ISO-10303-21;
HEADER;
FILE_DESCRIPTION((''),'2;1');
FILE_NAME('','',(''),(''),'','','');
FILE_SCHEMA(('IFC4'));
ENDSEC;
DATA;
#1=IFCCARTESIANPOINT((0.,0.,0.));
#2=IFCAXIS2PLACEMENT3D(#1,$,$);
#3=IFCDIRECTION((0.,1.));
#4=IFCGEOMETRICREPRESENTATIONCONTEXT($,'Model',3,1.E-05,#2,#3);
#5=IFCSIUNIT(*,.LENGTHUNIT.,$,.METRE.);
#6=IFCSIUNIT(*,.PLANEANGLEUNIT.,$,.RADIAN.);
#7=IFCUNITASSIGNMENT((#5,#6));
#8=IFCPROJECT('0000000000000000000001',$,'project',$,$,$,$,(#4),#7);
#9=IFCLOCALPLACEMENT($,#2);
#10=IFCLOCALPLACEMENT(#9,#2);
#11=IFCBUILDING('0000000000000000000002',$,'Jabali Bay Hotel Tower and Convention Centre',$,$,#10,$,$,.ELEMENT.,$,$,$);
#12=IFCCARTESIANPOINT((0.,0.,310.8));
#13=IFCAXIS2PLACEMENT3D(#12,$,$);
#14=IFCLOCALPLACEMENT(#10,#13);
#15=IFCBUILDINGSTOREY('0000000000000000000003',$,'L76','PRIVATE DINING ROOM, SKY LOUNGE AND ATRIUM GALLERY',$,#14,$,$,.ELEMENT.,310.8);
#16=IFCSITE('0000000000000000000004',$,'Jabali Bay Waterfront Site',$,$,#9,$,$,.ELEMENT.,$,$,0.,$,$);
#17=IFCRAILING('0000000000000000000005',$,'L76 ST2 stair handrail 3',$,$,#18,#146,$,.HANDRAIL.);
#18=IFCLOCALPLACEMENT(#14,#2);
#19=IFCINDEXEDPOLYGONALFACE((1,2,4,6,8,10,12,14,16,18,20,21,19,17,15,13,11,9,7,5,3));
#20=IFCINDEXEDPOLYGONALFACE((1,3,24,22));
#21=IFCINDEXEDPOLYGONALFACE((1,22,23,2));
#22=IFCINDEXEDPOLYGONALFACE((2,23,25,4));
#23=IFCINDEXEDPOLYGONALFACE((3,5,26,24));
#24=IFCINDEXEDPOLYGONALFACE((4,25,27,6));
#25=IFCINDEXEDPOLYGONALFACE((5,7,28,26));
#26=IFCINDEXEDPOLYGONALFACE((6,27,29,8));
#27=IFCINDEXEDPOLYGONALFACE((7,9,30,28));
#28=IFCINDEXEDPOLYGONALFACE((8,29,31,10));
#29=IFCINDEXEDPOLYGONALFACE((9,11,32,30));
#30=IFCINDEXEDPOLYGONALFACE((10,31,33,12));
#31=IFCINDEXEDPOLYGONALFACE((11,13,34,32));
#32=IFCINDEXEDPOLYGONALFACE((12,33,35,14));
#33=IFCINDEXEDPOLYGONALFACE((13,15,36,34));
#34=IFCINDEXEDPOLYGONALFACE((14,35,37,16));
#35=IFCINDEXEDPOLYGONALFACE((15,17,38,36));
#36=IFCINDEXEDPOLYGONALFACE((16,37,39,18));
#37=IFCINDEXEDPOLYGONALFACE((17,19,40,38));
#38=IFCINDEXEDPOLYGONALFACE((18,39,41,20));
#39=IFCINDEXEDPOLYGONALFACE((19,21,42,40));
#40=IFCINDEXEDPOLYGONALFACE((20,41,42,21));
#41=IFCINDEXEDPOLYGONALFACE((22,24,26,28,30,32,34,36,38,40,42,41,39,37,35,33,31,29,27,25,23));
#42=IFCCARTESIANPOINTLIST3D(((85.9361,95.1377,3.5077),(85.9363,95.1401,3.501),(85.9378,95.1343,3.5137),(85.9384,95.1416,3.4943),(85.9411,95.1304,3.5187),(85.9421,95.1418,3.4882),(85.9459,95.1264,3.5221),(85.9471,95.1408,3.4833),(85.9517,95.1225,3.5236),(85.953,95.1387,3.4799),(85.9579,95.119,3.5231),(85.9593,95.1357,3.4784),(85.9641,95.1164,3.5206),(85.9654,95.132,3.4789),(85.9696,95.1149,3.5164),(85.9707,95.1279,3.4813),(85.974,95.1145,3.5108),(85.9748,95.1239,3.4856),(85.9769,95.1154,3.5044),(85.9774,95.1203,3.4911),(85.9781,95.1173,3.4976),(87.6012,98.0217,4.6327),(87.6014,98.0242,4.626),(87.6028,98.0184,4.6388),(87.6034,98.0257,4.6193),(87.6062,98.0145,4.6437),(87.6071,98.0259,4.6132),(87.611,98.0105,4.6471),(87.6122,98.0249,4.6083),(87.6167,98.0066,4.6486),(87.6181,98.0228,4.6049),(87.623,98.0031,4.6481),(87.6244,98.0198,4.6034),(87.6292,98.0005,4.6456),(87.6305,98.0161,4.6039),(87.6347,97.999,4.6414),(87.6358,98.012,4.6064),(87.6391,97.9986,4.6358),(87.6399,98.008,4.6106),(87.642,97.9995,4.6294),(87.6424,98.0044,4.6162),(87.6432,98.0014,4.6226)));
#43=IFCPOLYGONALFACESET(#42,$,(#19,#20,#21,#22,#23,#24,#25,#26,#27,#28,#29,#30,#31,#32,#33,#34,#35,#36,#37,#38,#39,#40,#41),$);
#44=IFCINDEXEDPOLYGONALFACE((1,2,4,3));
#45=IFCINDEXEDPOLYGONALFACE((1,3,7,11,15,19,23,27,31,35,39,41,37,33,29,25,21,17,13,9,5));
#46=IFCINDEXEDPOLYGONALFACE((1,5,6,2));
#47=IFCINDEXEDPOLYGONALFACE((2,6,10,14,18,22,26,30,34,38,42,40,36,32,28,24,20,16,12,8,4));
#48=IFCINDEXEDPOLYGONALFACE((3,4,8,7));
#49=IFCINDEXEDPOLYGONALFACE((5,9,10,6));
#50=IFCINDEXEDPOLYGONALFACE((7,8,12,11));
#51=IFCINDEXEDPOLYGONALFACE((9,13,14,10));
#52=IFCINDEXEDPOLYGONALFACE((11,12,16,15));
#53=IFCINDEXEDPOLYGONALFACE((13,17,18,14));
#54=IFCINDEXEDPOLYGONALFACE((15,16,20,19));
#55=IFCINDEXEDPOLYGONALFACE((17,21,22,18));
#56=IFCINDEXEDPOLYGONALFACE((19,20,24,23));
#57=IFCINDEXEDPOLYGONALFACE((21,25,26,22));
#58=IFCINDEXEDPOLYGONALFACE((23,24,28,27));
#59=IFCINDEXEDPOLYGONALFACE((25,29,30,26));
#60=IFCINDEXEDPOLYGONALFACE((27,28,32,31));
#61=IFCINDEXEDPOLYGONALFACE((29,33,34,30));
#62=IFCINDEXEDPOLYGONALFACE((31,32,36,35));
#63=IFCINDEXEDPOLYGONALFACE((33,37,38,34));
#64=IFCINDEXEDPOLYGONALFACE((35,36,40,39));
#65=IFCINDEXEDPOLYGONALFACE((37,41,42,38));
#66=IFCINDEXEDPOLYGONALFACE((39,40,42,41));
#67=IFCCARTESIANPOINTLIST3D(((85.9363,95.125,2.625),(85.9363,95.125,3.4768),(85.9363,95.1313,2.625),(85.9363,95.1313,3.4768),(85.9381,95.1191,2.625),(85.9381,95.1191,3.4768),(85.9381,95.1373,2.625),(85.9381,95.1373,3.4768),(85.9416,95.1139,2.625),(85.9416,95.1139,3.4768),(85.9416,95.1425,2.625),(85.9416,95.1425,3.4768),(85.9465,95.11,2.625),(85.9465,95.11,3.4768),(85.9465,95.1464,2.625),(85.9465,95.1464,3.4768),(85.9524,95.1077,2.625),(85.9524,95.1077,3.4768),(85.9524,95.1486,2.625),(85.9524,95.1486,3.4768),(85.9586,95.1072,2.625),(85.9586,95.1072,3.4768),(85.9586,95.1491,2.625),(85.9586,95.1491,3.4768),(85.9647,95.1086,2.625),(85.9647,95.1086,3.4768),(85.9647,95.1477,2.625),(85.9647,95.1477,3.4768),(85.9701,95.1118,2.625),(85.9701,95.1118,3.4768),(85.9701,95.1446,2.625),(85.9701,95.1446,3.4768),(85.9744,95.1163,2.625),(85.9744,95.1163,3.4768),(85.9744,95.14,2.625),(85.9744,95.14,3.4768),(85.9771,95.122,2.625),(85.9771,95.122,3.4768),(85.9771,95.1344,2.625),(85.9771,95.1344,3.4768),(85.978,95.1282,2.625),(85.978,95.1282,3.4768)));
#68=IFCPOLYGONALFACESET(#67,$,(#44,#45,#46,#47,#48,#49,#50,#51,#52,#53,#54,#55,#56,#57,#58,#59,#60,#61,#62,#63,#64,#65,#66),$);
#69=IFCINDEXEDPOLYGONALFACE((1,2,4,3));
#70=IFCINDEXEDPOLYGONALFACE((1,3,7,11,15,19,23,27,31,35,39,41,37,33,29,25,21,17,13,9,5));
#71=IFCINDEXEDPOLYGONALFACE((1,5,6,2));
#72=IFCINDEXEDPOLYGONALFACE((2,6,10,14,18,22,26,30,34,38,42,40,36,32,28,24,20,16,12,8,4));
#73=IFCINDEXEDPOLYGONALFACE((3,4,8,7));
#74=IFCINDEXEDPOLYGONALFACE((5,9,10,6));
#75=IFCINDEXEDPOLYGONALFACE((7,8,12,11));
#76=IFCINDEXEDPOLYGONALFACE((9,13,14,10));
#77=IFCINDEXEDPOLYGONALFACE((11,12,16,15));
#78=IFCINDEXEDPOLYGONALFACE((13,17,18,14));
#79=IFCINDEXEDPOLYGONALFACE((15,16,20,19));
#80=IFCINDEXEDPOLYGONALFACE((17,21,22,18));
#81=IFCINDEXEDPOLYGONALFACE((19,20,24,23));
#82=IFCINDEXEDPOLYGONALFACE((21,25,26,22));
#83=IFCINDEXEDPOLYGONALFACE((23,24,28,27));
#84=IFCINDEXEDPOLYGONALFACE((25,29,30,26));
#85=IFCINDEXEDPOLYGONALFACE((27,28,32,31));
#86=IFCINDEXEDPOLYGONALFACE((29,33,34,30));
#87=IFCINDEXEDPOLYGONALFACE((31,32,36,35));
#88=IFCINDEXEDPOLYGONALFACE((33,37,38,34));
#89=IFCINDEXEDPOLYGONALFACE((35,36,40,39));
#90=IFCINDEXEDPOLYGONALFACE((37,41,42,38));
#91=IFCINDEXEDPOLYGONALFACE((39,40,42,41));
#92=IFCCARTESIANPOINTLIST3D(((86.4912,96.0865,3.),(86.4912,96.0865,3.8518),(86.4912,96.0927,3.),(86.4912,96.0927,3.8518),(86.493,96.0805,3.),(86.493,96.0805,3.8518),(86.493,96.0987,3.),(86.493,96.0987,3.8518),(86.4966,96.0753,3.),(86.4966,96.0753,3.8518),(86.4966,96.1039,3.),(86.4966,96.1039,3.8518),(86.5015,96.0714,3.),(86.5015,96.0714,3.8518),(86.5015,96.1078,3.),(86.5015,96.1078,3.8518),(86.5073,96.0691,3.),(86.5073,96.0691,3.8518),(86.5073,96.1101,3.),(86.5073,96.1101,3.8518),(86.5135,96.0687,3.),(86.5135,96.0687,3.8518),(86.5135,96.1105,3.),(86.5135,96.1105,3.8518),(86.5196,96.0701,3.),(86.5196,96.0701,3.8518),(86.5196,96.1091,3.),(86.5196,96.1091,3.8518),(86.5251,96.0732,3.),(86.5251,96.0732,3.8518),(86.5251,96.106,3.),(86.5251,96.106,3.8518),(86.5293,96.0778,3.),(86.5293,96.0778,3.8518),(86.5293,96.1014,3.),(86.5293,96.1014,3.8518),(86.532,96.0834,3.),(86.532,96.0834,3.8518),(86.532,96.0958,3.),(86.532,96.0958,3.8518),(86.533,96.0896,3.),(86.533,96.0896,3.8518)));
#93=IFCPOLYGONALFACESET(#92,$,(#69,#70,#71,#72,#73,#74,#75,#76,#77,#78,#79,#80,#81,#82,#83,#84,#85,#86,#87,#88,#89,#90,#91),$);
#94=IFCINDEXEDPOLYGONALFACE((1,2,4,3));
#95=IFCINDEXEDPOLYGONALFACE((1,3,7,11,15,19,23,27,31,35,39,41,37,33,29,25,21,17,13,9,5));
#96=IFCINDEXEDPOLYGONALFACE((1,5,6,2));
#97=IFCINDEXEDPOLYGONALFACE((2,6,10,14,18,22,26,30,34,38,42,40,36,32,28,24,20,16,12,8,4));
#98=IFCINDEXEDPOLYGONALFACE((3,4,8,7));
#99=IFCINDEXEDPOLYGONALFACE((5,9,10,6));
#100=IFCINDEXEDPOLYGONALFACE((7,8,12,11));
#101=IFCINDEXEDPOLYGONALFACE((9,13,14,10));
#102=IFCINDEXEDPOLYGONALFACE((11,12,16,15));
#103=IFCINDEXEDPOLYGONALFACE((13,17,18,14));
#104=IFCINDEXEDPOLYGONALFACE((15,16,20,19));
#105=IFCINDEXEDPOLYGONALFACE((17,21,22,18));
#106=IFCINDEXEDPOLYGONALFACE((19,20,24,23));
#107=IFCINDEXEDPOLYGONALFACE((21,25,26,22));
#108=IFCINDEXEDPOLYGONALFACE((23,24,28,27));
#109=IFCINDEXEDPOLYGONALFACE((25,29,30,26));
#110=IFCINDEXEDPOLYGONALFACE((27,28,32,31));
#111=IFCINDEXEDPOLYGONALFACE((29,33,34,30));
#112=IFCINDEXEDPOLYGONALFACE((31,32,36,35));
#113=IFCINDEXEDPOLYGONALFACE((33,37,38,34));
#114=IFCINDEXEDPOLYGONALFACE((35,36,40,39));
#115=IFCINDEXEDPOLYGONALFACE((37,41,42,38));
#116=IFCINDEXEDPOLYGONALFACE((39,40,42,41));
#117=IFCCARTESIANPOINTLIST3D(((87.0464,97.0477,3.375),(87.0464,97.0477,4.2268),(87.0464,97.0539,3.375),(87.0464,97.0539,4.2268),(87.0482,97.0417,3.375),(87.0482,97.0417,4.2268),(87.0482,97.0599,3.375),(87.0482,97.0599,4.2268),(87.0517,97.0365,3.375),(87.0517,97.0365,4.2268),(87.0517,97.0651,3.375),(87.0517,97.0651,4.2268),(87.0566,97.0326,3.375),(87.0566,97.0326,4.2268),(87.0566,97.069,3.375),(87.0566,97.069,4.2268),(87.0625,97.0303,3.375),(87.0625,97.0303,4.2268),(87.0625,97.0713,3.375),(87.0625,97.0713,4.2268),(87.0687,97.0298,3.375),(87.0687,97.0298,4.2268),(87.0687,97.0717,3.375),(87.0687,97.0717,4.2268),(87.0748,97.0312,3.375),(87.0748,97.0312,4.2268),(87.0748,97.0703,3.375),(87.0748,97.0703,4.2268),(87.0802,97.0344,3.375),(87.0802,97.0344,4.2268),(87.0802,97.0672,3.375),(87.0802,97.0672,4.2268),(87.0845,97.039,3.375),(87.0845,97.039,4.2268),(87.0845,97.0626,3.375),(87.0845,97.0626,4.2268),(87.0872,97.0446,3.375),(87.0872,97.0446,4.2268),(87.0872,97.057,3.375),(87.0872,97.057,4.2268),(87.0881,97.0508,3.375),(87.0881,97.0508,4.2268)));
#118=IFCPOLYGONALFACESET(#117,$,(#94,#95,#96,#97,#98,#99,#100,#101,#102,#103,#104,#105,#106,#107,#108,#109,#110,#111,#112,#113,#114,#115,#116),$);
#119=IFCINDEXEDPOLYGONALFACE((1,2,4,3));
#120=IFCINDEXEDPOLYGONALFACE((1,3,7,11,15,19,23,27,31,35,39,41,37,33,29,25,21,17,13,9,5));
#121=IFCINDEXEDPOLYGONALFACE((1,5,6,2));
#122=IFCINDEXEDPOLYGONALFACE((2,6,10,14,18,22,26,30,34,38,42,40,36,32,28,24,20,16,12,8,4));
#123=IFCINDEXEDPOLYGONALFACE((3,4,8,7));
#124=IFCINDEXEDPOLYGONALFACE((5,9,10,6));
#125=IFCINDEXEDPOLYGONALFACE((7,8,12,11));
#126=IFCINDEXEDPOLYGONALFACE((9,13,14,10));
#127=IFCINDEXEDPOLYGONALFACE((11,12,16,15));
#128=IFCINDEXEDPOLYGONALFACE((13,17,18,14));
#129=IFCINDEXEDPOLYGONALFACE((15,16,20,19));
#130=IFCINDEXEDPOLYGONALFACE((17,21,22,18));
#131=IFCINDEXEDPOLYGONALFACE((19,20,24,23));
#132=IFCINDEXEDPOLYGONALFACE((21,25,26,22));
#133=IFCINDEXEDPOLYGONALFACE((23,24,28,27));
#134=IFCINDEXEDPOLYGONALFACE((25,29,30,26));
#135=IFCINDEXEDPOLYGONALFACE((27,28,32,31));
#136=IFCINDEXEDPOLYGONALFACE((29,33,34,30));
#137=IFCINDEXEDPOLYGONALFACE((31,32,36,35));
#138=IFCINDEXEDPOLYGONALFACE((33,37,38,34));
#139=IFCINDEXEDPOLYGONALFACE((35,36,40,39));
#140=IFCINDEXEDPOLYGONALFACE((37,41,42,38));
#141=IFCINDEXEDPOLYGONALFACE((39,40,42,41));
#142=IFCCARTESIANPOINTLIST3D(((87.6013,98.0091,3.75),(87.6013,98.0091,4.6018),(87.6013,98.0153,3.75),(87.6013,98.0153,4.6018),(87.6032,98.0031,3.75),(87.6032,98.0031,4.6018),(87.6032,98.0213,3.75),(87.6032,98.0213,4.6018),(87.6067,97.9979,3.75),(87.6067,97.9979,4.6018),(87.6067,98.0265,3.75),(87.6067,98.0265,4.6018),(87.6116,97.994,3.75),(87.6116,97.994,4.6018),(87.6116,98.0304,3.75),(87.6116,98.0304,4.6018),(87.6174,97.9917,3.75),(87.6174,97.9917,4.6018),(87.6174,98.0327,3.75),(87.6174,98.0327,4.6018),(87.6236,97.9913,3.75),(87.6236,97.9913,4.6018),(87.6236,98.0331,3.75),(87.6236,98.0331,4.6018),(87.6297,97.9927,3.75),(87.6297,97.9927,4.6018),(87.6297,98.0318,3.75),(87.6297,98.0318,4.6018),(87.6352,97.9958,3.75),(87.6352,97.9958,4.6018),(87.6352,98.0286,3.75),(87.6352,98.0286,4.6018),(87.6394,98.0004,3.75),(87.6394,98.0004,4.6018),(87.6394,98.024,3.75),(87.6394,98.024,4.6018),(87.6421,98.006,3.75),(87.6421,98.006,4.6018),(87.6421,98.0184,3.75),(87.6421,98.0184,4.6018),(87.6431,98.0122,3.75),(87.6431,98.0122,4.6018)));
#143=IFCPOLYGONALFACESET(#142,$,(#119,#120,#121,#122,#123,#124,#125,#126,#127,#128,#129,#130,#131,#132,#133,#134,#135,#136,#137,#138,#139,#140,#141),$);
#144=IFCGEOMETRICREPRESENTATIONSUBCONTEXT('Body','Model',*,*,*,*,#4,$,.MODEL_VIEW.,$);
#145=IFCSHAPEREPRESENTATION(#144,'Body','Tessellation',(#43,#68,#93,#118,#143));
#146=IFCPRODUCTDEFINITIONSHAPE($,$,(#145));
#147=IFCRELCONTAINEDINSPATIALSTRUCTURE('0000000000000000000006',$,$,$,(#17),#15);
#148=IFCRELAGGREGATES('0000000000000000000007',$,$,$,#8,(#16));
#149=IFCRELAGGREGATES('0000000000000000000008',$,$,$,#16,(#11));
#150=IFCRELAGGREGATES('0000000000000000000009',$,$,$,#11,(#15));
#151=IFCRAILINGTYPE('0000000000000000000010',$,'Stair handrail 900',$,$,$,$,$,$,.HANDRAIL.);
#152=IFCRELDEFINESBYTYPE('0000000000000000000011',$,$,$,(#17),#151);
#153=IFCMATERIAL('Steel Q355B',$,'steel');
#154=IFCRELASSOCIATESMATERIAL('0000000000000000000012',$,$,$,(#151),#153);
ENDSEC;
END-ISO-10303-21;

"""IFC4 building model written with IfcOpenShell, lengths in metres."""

from ifc_helpers import new_model, si_unit, direction, frame, origin, origin_2d, place, context, subcontext, project, spatial, circle, extrude, material, type_object, element, save


model = new_model("IFC4")

# Units and contexts
model_context = context("Model", 3, precision=1e-05, world=origin(), true_north=direction((0.0, 1.0)))
body_context = subcontext(model_context, "Body", "Model", "MODEL_VIEW")
ifc_project = project(units=[si_unit("LENGTHUNIT", "METRE"), si_unit("PLANEANGLEUNIT", "RADIAN")], contexts=[model_context])

# Site, building, storey
site_placement = place(None, origin())
site = spatial("IfcSite", under=ifc_project, at=site_placement, Name="Jabali Bay Waterfront Site", CompositionType="ELEMENT", RefElevation=0.0)
building_placement = place(site_placement, origin())
building = spatial("IfcBuilding", under=site, at=building_placement, Name="Jabali Bay Hotel Tower and Convention Centre", CompositionType="ELEMENT")
storey_placement = place(building_placement, frame((0.0, 0.0, 310.8)))
storey = spatial("IfcBuildingStorey", under=building, at=storey_placement, Name="L76", Description="PRIVATE DINING ROOM, SKY LOUNGE AND ATRIUM GALLERY", CompositionType="ELEMENT", Elevation=310.8)

# Railing
ifc_material_1 = material(Name="Steel Q355B", Category="steel")
railing_type_1 = type_object("IfcRailingType", Name="Stair handrail 900", PredefinedType="HANDRAIL", material=ifc_material_1)
for number, where, name in (
    (1, (85.957, 95.1282, 2.625), "L76 ST2 stair handrail 3"),
):
    element("IfcRailing", number, at=place(storey_placement, frame(where)), inside=storey, type_object=railing_type_1, Name=name, PredefinedType="HANDRAIL", context=body_context, shape_type="SweptSolid", body=[
        extrude(circle(Radius=0.0239, at=origin_2d()), frame((0.0, 0.0, 0.876), z_axis=(0.473688, 0.82048, 0.320052), x_axis=(-0.866033, 0.499987, 0.0)), (0.0, 0.0, 1.0), 3.5151),
        extrude(circle(Radius=0.021, at=origin_2d()), origin(), (0.0, 0.0, 1.0), 0.8518),
        extrude(circle(Radius=0.021, at=origin_2d()), frame((0.5549, 0.9614, 0.375)), (0.0, 0.0, 1.0), 0.8518),
        extrude(circle(Radius=0.021, at=origin_2d()), frame((1.1101, 1.9226, 0.75)), (0.0, 0.0, 1.0), 0.8518),
        extrude(circle(Radius=0.021, at=origin_2d()), frame((1.665, 2.884, 1.125)), (0.0, 0.0, 1.0), 0.8518),
    ])

save(model, "model.ifc")
